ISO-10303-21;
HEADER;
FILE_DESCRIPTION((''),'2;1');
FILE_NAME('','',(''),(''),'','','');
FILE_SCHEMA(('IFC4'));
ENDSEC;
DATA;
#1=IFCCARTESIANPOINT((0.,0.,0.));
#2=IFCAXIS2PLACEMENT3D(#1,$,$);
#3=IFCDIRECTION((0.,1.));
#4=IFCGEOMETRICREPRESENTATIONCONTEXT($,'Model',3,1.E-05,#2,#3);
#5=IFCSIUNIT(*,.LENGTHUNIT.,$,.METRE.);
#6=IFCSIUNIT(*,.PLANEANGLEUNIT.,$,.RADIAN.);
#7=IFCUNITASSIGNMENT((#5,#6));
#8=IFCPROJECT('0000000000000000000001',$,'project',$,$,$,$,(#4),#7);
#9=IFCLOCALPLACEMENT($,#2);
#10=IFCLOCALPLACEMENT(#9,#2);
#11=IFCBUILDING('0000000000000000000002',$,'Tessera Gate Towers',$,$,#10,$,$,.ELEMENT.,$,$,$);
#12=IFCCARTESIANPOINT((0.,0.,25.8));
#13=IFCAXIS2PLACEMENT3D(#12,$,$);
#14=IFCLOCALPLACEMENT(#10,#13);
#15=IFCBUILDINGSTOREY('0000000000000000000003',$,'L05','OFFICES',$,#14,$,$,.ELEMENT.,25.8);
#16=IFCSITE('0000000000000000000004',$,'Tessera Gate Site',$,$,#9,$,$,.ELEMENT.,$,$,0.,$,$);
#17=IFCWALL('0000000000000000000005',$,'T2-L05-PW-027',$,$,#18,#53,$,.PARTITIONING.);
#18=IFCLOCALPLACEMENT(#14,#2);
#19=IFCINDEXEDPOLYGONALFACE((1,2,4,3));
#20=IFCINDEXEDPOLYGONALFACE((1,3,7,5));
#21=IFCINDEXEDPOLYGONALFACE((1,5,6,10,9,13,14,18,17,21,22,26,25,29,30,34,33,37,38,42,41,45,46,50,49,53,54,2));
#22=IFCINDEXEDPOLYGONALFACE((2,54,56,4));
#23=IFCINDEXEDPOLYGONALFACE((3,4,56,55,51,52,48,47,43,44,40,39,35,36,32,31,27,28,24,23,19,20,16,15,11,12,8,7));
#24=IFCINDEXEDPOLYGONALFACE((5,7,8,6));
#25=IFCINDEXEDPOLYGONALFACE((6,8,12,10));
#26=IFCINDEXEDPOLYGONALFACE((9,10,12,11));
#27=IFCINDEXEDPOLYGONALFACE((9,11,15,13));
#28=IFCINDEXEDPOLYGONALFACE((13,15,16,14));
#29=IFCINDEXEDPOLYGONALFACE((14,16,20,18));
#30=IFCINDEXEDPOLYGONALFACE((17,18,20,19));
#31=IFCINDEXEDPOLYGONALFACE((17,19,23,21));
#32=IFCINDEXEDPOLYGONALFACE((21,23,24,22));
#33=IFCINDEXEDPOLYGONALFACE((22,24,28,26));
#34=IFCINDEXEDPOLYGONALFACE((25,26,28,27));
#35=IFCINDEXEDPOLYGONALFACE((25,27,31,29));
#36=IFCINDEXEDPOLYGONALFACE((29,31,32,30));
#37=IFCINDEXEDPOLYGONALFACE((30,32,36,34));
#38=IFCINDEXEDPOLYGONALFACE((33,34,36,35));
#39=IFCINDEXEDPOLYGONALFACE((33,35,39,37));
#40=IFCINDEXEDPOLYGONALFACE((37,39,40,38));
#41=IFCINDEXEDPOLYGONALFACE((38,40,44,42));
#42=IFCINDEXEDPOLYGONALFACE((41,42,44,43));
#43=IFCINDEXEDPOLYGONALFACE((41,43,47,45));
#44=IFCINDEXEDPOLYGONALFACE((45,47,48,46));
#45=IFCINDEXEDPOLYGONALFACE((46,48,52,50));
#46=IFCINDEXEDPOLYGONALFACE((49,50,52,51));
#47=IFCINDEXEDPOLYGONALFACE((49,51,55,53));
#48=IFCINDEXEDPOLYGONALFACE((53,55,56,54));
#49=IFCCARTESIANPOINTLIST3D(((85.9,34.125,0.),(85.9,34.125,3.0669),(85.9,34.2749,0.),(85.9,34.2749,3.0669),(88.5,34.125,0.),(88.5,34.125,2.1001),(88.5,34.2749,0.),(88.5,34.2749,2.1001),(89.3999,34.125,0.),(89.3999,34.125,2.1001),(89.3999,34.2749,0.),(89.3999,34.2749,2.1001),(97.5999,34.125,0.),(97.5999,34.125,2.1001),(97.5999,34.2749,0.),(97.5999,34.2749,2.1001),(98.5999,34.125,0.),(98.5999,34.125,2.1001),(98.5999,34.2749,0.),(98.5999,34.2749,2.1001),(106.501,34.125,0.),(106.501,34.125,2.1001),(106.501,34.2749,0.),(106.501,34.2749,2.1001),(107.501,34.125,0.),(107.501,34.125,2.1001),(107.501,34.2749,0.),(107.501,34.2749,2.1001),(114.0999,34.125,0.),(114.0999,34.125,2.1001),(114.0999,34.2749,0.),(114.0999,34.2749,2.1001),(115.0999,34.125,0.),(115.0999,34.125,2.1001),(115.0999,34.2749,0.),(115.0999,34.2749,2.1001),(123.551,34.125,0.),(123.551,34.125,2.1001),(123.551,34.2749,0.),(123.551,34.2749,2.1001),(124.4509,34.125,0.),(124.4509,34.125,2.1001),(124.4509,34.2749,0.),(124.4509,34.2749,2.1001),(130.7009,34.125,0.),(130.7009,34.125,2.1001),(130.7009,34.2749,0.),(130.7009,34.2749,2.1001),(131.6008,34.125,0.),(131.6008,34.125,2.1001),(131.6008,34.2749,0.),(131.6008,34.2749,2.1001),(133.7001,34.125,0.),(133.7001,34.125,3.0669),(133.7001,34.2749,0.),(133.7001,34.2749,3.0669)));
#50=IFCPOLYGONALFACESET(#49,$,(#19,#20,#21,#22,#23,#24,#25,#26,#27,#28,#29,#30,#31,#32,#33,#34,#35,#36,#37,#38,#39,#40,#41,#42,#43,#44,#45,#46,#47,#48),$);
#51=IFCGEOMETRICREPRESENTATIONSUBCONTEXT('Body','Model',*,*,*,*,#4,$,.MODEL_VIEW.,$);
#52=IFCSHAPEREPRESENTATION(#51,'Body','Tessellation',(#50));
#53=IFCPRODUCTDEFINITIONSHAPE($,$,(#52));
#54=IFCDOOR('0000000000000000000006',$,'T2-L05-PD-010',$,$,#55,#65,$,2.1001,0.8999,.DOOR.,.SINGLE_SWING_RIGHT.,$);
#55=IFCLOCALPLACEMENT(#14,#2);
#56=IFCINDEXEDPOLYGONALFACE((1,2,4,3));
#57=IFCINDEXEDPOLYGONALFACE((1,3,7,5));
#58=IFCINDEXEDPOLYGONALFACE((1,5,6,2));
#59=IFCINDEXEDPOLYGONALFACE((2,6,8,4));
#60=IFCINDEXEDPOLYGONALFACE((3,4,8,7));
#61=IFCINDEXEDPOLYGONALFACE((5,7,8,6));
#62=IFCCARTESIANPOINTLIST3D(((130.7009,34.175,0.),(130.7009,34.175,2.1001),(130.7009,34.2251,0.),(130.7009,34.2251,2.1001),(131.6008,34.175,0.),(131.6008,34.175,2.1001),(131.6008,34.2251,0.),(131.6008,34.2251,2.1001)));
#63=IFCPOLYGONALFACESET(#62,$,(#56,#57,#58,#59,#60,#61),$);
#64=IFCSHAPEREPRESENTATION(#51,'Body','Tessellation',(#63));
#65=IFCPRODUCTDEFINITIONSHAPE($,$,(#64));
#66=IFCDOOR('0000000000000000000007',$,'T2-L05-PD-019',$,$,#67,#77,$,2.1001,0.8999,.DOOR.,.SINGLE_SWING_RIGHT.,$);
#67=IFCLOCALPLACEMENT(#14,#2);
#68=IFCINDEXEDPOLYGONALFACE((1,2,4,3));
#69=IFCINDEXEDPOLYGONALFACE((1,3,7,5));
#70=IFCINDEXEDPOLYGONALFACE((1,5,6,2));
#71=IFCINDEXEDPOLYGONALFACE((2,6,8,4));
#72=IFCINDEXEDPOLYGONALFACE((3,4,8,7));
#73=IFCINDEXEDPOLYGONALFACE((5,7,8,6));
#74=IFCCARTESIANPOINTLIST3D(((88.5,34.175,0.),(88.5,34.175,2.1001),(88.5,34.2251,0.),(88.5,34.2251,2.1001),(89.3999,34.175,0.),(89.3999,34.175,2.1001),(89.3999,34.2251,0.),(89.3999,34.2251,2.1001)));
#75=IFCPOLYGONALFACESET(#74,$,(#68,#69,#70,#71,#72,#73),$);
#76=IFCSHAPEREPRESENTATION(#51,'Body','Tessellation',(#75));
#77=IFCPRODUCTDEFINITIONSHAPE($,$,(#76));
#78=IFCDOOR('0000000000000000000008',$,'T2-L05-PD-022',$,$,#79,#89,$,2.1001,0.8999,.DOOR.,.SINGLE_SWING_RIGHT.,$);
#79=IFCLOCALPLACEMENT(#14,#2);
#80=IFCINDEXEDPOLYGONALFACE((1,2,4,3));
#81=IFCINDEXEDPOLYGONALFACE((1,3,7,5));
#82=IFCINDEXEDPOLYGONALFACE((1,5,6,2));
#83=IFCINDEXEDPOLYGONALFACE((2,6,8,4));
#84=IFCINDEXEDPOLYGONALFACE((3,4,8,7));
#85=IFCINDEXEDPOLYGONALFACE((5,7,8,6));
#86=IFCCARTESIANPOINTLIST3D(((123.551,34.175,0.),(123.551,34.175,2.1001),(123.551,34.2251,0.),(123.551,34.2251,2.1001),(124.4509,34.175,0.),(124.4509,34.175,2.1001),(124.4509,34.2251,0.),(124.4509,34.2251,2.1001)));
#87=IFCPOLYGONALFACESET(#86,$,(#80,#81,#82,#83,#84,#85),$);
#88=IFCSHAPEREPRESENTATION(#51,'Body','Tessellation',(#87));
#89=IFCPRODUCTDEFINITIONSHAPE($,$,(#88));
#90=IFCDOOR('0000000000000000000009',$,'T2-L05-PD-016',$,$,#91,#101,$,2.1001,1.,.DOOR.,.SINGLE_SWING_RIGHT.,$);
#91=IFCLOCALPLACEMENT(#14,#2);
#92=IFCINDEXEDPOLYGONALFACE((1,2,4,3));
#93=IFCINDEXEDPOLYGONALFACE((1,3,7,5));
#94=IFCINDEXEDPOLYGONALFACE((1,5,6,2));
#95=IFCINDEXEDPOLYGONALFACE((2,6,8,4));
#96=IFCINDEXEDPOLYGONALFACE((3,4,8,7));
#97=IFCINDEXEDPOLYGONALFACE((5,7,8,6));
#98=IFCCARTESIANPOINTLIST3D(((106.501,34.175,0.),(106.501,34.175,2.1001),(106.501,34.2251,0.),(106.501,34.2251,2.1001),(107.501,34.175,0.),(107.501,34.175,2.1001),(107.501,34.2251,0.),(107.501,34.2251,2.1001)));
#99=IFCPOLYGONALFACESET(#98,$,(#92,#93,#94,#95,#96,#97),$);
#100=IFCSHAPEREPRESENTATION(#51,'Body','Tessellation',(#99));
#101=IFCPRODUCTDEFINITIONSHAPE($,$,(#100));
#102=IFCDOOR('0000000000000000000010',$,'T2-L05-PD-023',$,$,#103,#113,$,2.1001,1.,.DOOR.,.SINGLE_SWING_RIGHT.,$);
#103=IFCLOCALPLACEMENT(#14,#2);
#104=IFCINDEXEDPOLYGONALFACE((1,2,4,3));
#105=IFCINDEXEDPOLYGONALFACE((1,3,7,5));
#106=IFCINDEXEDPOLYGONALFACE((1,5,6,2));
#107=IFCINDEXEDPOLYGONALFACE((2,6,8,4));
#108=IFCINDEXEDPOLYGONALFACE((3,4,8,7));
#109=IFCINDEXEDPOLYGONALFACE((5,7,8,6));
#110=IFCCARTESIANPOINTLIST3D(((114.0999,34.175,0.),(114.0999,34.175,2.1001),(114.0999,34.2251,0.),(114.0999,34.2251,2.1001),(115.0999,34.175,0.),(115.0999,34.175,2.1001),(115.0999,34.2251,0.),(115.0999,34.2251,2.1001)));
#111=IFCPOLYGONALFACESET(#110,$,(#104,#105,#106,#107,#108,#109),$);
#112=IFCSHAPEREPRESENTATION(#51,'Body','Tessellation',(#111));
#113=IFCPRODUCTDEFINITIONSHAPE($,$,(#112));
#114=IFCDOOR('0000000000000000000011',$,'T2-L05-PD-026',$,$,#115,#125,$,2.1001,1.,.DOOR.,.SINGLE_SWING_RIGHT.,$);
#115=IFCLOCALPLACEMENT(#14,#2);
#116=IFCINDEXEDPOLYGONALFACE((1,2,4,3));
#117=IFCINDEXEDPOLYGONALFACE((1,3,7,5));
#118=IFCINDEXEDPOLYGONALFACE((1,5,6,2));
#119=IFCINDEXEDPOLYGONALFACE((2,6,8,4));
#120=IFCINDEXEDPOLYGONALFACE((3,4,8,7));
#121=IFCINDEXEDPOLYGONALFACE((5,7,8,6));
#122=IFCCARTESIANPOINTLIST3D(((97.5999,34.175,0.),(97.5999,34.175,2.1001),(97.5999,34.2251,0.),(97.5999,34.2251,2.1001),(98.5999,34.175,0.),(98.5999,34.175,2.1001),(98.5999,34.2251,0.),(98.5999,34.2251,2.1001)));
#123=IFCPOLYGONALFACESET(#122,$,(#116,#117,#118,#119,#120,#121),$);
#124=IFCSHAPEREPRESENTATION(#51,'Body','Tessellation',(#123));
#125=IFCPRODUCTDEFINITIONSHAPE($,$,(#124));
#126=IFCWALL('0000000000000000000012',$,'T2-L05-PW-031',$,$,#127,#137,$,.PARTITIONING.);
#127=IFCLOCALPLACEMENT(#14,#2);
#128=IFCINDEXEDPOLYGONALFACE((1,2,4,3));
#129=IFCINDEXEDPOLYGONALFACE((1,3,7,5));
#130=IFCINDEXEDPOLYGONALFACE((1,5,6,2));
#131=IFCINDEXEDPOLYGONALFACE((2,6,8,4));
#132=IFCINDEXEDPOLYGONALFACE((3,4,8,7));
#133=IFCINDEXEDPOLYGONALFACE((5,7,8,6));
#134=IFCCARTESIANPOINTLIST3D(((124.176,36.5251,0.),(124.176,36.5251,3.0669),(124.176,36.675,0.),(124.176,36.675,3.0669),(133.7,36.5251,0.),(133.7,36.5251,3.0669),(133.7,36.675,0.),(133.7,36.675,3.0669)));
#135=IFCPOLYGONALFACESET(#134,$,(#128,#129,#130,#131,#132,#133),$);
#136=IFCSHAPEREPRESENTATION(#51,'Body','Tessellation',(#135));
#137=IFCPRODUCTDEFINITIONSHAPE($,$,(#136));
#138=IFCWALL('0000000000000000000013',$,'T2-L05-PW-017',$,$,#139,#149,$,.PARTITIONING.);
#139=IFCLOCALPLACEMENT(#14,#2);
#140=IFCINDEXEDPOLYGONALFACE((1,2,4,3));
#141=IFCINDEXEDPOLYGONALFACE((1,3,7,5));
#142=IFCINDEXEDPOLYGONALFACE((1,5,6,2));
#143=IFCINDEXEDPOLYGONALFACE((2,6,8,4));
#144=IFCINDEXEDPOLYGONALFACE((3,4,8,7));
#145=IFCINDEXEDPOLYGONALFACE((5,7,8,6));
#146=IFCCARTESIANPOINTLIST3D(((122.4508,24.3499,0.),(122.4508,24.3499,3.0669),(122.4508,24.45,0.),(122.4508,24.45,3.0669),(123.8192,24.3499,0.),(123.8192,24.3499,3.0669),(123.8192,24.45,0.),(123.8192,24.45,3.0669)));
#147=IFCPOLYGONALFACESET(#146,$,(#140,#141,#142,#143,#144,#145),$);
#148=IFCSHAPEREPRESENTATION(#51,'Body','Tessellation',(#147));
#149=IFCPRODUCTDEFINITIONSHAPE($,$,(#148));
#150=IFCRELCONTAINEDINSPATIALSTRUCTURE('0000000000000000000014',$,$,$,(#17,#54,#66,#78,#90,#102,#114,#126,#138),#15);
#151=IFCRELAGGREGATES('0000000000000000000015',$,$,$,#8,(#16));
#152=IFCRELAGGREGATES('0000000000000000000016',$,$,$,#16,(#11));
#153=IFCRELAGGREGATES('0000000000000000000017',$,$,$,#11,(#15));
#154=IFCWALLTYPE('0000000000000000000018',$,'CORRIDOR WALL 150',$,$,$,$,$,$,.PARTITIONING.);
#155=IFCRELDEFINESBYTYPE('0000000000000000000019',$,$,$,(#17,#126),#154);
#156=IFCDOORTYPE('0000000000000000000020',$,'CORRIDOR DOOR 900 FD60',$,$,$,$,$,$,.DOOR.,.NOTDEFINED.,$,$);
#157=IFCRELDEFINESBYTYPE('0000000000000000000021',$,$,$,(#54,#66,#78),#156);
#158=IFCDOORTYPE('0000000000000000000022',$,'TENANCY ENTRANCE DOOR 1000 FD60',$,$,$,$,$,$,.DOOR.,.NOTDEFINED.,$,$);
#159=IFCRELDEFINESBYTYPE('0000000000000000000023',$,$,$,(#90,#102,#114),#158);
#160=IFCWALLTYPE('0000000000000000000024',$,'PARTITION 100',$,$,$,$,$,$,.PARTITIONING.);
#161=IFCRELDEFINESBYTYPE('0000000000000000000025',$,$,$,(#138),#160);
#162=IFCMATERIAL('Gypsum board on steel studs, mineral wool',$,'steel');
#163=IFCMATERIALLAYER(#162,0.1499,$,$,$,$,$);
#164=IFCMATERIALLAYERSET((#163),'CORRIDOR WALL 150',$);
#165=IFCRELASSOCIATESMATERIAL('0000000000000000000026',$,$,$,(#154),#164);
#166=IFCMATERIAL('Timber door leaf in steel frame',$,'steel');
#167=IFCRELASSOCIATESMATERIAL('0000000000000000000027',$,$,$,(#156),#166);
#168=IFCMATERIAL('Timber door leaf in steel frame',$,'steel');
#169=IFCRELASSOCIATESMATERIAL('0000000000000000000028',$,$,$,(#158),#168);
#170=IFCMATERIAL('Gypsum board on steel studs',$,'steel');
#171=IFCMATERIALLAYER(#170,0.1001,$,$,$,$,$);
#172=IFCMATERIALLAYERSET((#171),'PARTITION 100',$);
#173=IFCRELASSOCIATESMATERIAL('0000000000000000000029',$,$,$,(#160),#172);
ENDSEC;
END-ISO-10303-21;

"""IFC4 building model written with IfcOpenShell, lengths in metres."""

from ifc_helpers import new_model, si_unit, direction, frame, frame_2d, origin, place, context, subcontext, project, spatial, rectangle, extrude, source, transform, mapped, material, layer, layer_set, type_object, element, fill, save


model = new_model("IFC4")

# Units and contexts
model_context = context("Model", 3, precision=1e-05, world=origin(), true_north=direction((0.0, 1.0)))
body_context = subcontext(model_context, "Body", "Model", "MODEL_VIEW")
ifc_project = project(units=[si_unit("LENGTHUNIT", "METRE"), si_unit("PLANEANGLEUNIT", "RADIAN")], contexts=[model_context])

# Site, building, storey
site_placement = place(None, origin())
site = spatial("IfcSite", under=ifc_project, at=site_placement, Name="Tessera Gate Site", CompositionType="ELEMENT", RefElevation=0.0)
building_placement = place(site_placement, origin())
building = spatial("IfcBuilding", under=site, at=building_placement, Name="Tessera Gate Towers", CompositionType="ELEMENT")
storey_placement = place(building_placement, frame((0.0, 0.0, 25.8)))
storey = spatial("IfcBuildingStorey", under=building, at=storey_placement, Name="L05", Description="OFFICES", CompositionType="ELEMENT", Elevation=25.8)

# Wall, openings, doors
ifc_material_1 = material(Name="Gypsum board on steel studs, mineral wool", Category="steel")
ifc_layer_1 = layer(ifc_material_1, 0.1499)
ifc_layer_set_1 = layer_set([ifc_layer_1], Name="CORRIDOR WALL 150")
wall_type_1 = type_object("IfcWallType", Name="CORRIDOR WALL 150", PredefinedType="PARTITIONING", material=ifc_layer_set_1)
wall_1_placement = place(storey_placement, frame((133.7, 34.2, 0.0), z_axis=(0.0, 0.0, 1.0), x_axis=(-1.0, 0.0, 0.0)))
wall_1 = element("IfcWall", 1, at=wall_1_placement, inside=storey, type_object=wall_type_1, Name="T2-L05-PW-027", PredefinedType="PARTITIONING", context=body_context, shape_type="SweptSolid", body=[
    extrude(rectangle(XDim=47.8, YDim=0.1499, at=frame_2d((23.8999, 0.0))), origin(), (0.0, 0.0, 1.0), 3.0669),
])
shared_shape_1 = source(origin(), body_context, "Body", "SweptSolid", [
    extrude(rectangle(XDim=0.8999, YDim=2.1001, at=frame_2d((0.45, 1.05))), frame((0.0, 0.085, 0.0), z_axis=(0.0, -1.0, 0.0), x_axis=(1.0, 0.0, 0.0)), (0.0, 0.0, 1.0), 0.1699),
])
opening_1_placement = place(wall_1_placement, frame((2.0991, 0.0, 0.0)))
opening_1 = element("IfcOpeningElement", 2, at=opening_1_placement, cuts=wall_1, PredefinedType="OPENING", context=body_context, shape_type="MappedRepresentation", body=[
    mapped(shared_shape_1, transform((0.0, 0.0, 0.0), scale=1.0)),
])
shared_shape_2 = source(origin(), body_context, "Body", "SweptSolid", [
    extrude(rectangle(XDim=1.0, YDim=2.1001, at=frame_2d((0.5, 1.05))), frame((0.0, 0.085, 0.0), z_axis=(0.0, -1.0, 0.0), x_axis=(1.0, 0.0, 0.0)), (0.0, 0.0, 1.0), 0.1699),
])
opening_2_placement = place(wall_1_placement, frame((26.199, 0.0, 0.0)))
opening_2 = element("IfcOpeningElement", 3, at=opening_2_placement, cuts=wall_1, PredefinedType="OPENING", context=body_context, shape_type="MappedRepresentation", body=[
    mapped(shared_shape_2, transform((0.0, 0.0, 0.0), scale=1.0)),
])
opening_3_placement = place(wall_1_placement, frame((44.3, 0.0, 0.0)))
opening_3 = element("IfcOpeningElement", 4, at=opening_3_placement, cuts=wall_1, PredefinedType="OPENING", context=body_context, shape_type="MappedRepresentation", body=[
    mapped(shared_shape_1, transform((0.0, 0.0, 0.0), scale=1.0)),
])
opening_4_placement = place(wall_1_placement, frame((9.249, 0.0, 0.0)))
opening_4 = element("IfcOpeningElement", 5, at=opening_4_placement, cuts=wall_1, PredefinedType="OPENING", context=body_context, shape_type="MappedRepresentation", body=[
    mapped(shared_shape_1, transform((0.0, 0.0, 0.0), scale=1.0)),
])
opening_5_placement = place(wall_1_placement, frame((18.6001, 0.0, 0.0)))
opening_5 = element("IfcOpeningElement", 6, at=opening_5_placement, cuts=wall_1, PredefinedType="OPENING", context=body_context, shape_type="MappedRepresentation", body=[
    mapped(shared_shape_2, transform((0.0, 0.0, 0.0), scale=1.0)),
])
opening_6_placement = place(wall_1_placement, frame((35.1001, 0.0, 0.0)))
opening_6 = element("IfcOpeningElement", 7, at=opening_6_placement, cuts=wall_1, PredefinedType="OPENING", context=body_context, shape_type="MappedRepresentation", body=[
    mapped(shared_shape_2, transform((0.0, 0.0, 0.0), scale=1.0)),
])
ifc_material_2 = material(Name="Timber door leaf in steel frame", Category="steel")
door_type_1 = type_object("IfcDoorType", Name="CORRIDOR DOOR 900 FD60", OperationType="NOTDEFINED", PredefinedType="DOOR", material=ifc_material_2)
shared_shape_3 = source(origin(), body_context, "Body", "SweptSolid", [
    extrude(rectangle(XDim=0.8999, YDim=2.1001, at=frame_2d((0.45, 1.05))), frame((0.0, 0.0249, 0.0), z_axis=(0.0, -1.0, 0.0), x_axis=(1.0, 0.0, 0.0)), (0.0, 0.0, 1.0), 0.05),
])
door_1_placement = place(opening_1_placement, origin())
door_1 = element("IfcDoor", 8, at=door_1_placement, inside=storey, type_object=door_type_1, Name="T2-L05-PD-010", OperationType="SINGLE_SWING_RIGHT", OverallHeight=2.1001, OverallWidth=0.8999, PredefinedType="DOOR", context=body_context, shape_type="MappedRepresentation", body=[
    mapped(shared_shape_3, transform((0.0, 0.0, 0.0), scale=1.0)),
])
fill(opening_1, door_1)
door_2_placement = place(opening_3_placement, origin())
door_2 = element("IfcDoor", 9, at=door_2_placement, inside=storey, type_object=door_type_1, Name="T2-L05-PD-019", OperationType="SINGLE_SWING_RIGHT", OverallHeight=2.1001, OverallWidth=0.8999, PredefinedType="DOOR", context=body_context, shape_type="MappedRepresentation", body=[
    mapped(shared_shape_3, transform((0.0, 0.0, 0.0), scale=1.0)),
])
fill(opening_3, door_2)
door_3_placement = place(opening_4_placement, origin())
door_3 = element("IfcDoor", 10, at=door_3_placement, inside=storey, type_object=door_type_1, Name="T2-L05-PD-022", OperationType="SINGLE_SWING_RIGHT", OverallHeight=2.1001, OverallWidth=0.8999, PredefinedType="DOOR", context=body_context, shape_type="MappedRepresentation", body=[
    mapped(shared_shape_3, transform((0.0, 0.0, 0.0), scale=1.0)),
])
fill(opening_4, door_3)
ifc_material_3 = material(Name="Timber door leaf in steel frame", Category="steel")
door_type_2 = type_object("IfcDoorType", Name="TENANCY ENTRANCE DOOR 1000 FD60", OperationType="NOTDEFINED", PredefinedType="DOOR", material=ifc_material_3)
shared_shape_4 = source(origin(), body_context, "Body", "SweptSolid", [
    extrude(rectangle(XDim=1.0, YDim=2.1001, at=frame_2d((0.5, 1.05))), frame((0.0, 0.0249, 0.0), z_axis=(0.0, -1.0, 0.0), x_axis=(1.0, 0.0, 0.0)), (0.0, 0.0, 1.0), 0.05),
])
door_4_placement = place(opening_2_placement, origin())
door_4 = element("IfcDoor", 11, at=door_4_placement, inside=storey, type_object=door_type_2, Name="T2-L05-PD-016", OperationType="SINGLE_SWING_RIGHT", OverallHeight=2.1001, OverallWidth=1.0, PredefinedType="DOOR", context=body_context, shape_type="MappedRepresentation", body=[
    mapped(shared_shape_4, transform((0.0, 0.0, 0.0), scale=1.0)),
])
fill(opening_2, door_4)
door_5_placement = place(opening_5_placement, origin())
door_5 = element("IfcDoor", 12, at=door_5_placement, inside=storey, type_object=door_type_2, Name="T2-L05-PD-023", OperationType="SINGLE_SWING_RIGHT", OverallHeight=2.1001, OverallWidth=1.0, PredefinedType="DOOR", context=body_context, shape_type="MappedRepresentation", body=[
    mapped(shared_shape_4, transform((0.0, 0.0, 0.0), scale=1.0)),
])
fill(opening_5, door_5)
door_6_placement = place(opening_6_placement, origin())
door_6 = element("IfcDoor", 13, at=door_6_placement, inside=storey, type_object=door_type_2, Name="T2-L05-PD-026", OperationType="SINGLE_SWING_RIGHT", OverallHeight=2.1001, OverallWidth=1.0, PredefinedType="DOOR", context=body_context, shape_type="MappedRepresentation", body=[
    mapped(shared_shape_4, transform((0.0, 0.0, 0.0), scale=1.0)),
])
fill(opening_6, door_6)

# Walls
wall_2_placement = place(storey_placement, frame((124.176, 36.6001, 0.0), z_axis=(0.0, 0.0, 1.0), x_axis=(1.0, 0.0, 0.0)))
element("IfcWall", 14, at=wall_2_placement, inside=storey, type_object=wall_type_1, Name="T2-L05-PW-031", PredefinedType="PARTITIONING", context=body_context, shape_type="SweptSolid", body=[
    extrude(rectangle(XDim=9.5239, YDim=0.1499, at=frame_2d((4.762, 0.0))), origin(), (0.0, 0.0, 1.0), 3.0669),
])
ifc_material_4 = material(Name="Gypsum board on steel studs", Category="steel")
ifc_layer_2 = layer(ifc_material_4, 0.1001)
ifc_layer_set_2 = layer_set([ifc_layer_2], Name="PARTITION 100")
wall_type_2 = type_object("IfcWallType", Name="PARTITION 100", PredefinedType="PARTITIONING", material=ifc_layer_set_2)
wall_3_placement = place(storey_placement, frame((122.4509, 24.3999, 0.0), z_axis=(0.0, 0.0, 1.0), x_axis=(1.0, 0.0, 0.0)))
element("IfcWall", 15, at=wall_3_placement, inside=storey, type_object=wall_type_2, Name="T2-L05-PW-017", PredefinedType="PARTITIONING", context=body_context, shape_type="SweptSolid", body=[
    extrude(rectangle(XDim=1.3684, YDim=0.1001, at=frame_2d((0.6841, 0.0))), origin(), (0.0, 0.0, 1.0), 3.0669),
])

save(model, "model.ifc")
